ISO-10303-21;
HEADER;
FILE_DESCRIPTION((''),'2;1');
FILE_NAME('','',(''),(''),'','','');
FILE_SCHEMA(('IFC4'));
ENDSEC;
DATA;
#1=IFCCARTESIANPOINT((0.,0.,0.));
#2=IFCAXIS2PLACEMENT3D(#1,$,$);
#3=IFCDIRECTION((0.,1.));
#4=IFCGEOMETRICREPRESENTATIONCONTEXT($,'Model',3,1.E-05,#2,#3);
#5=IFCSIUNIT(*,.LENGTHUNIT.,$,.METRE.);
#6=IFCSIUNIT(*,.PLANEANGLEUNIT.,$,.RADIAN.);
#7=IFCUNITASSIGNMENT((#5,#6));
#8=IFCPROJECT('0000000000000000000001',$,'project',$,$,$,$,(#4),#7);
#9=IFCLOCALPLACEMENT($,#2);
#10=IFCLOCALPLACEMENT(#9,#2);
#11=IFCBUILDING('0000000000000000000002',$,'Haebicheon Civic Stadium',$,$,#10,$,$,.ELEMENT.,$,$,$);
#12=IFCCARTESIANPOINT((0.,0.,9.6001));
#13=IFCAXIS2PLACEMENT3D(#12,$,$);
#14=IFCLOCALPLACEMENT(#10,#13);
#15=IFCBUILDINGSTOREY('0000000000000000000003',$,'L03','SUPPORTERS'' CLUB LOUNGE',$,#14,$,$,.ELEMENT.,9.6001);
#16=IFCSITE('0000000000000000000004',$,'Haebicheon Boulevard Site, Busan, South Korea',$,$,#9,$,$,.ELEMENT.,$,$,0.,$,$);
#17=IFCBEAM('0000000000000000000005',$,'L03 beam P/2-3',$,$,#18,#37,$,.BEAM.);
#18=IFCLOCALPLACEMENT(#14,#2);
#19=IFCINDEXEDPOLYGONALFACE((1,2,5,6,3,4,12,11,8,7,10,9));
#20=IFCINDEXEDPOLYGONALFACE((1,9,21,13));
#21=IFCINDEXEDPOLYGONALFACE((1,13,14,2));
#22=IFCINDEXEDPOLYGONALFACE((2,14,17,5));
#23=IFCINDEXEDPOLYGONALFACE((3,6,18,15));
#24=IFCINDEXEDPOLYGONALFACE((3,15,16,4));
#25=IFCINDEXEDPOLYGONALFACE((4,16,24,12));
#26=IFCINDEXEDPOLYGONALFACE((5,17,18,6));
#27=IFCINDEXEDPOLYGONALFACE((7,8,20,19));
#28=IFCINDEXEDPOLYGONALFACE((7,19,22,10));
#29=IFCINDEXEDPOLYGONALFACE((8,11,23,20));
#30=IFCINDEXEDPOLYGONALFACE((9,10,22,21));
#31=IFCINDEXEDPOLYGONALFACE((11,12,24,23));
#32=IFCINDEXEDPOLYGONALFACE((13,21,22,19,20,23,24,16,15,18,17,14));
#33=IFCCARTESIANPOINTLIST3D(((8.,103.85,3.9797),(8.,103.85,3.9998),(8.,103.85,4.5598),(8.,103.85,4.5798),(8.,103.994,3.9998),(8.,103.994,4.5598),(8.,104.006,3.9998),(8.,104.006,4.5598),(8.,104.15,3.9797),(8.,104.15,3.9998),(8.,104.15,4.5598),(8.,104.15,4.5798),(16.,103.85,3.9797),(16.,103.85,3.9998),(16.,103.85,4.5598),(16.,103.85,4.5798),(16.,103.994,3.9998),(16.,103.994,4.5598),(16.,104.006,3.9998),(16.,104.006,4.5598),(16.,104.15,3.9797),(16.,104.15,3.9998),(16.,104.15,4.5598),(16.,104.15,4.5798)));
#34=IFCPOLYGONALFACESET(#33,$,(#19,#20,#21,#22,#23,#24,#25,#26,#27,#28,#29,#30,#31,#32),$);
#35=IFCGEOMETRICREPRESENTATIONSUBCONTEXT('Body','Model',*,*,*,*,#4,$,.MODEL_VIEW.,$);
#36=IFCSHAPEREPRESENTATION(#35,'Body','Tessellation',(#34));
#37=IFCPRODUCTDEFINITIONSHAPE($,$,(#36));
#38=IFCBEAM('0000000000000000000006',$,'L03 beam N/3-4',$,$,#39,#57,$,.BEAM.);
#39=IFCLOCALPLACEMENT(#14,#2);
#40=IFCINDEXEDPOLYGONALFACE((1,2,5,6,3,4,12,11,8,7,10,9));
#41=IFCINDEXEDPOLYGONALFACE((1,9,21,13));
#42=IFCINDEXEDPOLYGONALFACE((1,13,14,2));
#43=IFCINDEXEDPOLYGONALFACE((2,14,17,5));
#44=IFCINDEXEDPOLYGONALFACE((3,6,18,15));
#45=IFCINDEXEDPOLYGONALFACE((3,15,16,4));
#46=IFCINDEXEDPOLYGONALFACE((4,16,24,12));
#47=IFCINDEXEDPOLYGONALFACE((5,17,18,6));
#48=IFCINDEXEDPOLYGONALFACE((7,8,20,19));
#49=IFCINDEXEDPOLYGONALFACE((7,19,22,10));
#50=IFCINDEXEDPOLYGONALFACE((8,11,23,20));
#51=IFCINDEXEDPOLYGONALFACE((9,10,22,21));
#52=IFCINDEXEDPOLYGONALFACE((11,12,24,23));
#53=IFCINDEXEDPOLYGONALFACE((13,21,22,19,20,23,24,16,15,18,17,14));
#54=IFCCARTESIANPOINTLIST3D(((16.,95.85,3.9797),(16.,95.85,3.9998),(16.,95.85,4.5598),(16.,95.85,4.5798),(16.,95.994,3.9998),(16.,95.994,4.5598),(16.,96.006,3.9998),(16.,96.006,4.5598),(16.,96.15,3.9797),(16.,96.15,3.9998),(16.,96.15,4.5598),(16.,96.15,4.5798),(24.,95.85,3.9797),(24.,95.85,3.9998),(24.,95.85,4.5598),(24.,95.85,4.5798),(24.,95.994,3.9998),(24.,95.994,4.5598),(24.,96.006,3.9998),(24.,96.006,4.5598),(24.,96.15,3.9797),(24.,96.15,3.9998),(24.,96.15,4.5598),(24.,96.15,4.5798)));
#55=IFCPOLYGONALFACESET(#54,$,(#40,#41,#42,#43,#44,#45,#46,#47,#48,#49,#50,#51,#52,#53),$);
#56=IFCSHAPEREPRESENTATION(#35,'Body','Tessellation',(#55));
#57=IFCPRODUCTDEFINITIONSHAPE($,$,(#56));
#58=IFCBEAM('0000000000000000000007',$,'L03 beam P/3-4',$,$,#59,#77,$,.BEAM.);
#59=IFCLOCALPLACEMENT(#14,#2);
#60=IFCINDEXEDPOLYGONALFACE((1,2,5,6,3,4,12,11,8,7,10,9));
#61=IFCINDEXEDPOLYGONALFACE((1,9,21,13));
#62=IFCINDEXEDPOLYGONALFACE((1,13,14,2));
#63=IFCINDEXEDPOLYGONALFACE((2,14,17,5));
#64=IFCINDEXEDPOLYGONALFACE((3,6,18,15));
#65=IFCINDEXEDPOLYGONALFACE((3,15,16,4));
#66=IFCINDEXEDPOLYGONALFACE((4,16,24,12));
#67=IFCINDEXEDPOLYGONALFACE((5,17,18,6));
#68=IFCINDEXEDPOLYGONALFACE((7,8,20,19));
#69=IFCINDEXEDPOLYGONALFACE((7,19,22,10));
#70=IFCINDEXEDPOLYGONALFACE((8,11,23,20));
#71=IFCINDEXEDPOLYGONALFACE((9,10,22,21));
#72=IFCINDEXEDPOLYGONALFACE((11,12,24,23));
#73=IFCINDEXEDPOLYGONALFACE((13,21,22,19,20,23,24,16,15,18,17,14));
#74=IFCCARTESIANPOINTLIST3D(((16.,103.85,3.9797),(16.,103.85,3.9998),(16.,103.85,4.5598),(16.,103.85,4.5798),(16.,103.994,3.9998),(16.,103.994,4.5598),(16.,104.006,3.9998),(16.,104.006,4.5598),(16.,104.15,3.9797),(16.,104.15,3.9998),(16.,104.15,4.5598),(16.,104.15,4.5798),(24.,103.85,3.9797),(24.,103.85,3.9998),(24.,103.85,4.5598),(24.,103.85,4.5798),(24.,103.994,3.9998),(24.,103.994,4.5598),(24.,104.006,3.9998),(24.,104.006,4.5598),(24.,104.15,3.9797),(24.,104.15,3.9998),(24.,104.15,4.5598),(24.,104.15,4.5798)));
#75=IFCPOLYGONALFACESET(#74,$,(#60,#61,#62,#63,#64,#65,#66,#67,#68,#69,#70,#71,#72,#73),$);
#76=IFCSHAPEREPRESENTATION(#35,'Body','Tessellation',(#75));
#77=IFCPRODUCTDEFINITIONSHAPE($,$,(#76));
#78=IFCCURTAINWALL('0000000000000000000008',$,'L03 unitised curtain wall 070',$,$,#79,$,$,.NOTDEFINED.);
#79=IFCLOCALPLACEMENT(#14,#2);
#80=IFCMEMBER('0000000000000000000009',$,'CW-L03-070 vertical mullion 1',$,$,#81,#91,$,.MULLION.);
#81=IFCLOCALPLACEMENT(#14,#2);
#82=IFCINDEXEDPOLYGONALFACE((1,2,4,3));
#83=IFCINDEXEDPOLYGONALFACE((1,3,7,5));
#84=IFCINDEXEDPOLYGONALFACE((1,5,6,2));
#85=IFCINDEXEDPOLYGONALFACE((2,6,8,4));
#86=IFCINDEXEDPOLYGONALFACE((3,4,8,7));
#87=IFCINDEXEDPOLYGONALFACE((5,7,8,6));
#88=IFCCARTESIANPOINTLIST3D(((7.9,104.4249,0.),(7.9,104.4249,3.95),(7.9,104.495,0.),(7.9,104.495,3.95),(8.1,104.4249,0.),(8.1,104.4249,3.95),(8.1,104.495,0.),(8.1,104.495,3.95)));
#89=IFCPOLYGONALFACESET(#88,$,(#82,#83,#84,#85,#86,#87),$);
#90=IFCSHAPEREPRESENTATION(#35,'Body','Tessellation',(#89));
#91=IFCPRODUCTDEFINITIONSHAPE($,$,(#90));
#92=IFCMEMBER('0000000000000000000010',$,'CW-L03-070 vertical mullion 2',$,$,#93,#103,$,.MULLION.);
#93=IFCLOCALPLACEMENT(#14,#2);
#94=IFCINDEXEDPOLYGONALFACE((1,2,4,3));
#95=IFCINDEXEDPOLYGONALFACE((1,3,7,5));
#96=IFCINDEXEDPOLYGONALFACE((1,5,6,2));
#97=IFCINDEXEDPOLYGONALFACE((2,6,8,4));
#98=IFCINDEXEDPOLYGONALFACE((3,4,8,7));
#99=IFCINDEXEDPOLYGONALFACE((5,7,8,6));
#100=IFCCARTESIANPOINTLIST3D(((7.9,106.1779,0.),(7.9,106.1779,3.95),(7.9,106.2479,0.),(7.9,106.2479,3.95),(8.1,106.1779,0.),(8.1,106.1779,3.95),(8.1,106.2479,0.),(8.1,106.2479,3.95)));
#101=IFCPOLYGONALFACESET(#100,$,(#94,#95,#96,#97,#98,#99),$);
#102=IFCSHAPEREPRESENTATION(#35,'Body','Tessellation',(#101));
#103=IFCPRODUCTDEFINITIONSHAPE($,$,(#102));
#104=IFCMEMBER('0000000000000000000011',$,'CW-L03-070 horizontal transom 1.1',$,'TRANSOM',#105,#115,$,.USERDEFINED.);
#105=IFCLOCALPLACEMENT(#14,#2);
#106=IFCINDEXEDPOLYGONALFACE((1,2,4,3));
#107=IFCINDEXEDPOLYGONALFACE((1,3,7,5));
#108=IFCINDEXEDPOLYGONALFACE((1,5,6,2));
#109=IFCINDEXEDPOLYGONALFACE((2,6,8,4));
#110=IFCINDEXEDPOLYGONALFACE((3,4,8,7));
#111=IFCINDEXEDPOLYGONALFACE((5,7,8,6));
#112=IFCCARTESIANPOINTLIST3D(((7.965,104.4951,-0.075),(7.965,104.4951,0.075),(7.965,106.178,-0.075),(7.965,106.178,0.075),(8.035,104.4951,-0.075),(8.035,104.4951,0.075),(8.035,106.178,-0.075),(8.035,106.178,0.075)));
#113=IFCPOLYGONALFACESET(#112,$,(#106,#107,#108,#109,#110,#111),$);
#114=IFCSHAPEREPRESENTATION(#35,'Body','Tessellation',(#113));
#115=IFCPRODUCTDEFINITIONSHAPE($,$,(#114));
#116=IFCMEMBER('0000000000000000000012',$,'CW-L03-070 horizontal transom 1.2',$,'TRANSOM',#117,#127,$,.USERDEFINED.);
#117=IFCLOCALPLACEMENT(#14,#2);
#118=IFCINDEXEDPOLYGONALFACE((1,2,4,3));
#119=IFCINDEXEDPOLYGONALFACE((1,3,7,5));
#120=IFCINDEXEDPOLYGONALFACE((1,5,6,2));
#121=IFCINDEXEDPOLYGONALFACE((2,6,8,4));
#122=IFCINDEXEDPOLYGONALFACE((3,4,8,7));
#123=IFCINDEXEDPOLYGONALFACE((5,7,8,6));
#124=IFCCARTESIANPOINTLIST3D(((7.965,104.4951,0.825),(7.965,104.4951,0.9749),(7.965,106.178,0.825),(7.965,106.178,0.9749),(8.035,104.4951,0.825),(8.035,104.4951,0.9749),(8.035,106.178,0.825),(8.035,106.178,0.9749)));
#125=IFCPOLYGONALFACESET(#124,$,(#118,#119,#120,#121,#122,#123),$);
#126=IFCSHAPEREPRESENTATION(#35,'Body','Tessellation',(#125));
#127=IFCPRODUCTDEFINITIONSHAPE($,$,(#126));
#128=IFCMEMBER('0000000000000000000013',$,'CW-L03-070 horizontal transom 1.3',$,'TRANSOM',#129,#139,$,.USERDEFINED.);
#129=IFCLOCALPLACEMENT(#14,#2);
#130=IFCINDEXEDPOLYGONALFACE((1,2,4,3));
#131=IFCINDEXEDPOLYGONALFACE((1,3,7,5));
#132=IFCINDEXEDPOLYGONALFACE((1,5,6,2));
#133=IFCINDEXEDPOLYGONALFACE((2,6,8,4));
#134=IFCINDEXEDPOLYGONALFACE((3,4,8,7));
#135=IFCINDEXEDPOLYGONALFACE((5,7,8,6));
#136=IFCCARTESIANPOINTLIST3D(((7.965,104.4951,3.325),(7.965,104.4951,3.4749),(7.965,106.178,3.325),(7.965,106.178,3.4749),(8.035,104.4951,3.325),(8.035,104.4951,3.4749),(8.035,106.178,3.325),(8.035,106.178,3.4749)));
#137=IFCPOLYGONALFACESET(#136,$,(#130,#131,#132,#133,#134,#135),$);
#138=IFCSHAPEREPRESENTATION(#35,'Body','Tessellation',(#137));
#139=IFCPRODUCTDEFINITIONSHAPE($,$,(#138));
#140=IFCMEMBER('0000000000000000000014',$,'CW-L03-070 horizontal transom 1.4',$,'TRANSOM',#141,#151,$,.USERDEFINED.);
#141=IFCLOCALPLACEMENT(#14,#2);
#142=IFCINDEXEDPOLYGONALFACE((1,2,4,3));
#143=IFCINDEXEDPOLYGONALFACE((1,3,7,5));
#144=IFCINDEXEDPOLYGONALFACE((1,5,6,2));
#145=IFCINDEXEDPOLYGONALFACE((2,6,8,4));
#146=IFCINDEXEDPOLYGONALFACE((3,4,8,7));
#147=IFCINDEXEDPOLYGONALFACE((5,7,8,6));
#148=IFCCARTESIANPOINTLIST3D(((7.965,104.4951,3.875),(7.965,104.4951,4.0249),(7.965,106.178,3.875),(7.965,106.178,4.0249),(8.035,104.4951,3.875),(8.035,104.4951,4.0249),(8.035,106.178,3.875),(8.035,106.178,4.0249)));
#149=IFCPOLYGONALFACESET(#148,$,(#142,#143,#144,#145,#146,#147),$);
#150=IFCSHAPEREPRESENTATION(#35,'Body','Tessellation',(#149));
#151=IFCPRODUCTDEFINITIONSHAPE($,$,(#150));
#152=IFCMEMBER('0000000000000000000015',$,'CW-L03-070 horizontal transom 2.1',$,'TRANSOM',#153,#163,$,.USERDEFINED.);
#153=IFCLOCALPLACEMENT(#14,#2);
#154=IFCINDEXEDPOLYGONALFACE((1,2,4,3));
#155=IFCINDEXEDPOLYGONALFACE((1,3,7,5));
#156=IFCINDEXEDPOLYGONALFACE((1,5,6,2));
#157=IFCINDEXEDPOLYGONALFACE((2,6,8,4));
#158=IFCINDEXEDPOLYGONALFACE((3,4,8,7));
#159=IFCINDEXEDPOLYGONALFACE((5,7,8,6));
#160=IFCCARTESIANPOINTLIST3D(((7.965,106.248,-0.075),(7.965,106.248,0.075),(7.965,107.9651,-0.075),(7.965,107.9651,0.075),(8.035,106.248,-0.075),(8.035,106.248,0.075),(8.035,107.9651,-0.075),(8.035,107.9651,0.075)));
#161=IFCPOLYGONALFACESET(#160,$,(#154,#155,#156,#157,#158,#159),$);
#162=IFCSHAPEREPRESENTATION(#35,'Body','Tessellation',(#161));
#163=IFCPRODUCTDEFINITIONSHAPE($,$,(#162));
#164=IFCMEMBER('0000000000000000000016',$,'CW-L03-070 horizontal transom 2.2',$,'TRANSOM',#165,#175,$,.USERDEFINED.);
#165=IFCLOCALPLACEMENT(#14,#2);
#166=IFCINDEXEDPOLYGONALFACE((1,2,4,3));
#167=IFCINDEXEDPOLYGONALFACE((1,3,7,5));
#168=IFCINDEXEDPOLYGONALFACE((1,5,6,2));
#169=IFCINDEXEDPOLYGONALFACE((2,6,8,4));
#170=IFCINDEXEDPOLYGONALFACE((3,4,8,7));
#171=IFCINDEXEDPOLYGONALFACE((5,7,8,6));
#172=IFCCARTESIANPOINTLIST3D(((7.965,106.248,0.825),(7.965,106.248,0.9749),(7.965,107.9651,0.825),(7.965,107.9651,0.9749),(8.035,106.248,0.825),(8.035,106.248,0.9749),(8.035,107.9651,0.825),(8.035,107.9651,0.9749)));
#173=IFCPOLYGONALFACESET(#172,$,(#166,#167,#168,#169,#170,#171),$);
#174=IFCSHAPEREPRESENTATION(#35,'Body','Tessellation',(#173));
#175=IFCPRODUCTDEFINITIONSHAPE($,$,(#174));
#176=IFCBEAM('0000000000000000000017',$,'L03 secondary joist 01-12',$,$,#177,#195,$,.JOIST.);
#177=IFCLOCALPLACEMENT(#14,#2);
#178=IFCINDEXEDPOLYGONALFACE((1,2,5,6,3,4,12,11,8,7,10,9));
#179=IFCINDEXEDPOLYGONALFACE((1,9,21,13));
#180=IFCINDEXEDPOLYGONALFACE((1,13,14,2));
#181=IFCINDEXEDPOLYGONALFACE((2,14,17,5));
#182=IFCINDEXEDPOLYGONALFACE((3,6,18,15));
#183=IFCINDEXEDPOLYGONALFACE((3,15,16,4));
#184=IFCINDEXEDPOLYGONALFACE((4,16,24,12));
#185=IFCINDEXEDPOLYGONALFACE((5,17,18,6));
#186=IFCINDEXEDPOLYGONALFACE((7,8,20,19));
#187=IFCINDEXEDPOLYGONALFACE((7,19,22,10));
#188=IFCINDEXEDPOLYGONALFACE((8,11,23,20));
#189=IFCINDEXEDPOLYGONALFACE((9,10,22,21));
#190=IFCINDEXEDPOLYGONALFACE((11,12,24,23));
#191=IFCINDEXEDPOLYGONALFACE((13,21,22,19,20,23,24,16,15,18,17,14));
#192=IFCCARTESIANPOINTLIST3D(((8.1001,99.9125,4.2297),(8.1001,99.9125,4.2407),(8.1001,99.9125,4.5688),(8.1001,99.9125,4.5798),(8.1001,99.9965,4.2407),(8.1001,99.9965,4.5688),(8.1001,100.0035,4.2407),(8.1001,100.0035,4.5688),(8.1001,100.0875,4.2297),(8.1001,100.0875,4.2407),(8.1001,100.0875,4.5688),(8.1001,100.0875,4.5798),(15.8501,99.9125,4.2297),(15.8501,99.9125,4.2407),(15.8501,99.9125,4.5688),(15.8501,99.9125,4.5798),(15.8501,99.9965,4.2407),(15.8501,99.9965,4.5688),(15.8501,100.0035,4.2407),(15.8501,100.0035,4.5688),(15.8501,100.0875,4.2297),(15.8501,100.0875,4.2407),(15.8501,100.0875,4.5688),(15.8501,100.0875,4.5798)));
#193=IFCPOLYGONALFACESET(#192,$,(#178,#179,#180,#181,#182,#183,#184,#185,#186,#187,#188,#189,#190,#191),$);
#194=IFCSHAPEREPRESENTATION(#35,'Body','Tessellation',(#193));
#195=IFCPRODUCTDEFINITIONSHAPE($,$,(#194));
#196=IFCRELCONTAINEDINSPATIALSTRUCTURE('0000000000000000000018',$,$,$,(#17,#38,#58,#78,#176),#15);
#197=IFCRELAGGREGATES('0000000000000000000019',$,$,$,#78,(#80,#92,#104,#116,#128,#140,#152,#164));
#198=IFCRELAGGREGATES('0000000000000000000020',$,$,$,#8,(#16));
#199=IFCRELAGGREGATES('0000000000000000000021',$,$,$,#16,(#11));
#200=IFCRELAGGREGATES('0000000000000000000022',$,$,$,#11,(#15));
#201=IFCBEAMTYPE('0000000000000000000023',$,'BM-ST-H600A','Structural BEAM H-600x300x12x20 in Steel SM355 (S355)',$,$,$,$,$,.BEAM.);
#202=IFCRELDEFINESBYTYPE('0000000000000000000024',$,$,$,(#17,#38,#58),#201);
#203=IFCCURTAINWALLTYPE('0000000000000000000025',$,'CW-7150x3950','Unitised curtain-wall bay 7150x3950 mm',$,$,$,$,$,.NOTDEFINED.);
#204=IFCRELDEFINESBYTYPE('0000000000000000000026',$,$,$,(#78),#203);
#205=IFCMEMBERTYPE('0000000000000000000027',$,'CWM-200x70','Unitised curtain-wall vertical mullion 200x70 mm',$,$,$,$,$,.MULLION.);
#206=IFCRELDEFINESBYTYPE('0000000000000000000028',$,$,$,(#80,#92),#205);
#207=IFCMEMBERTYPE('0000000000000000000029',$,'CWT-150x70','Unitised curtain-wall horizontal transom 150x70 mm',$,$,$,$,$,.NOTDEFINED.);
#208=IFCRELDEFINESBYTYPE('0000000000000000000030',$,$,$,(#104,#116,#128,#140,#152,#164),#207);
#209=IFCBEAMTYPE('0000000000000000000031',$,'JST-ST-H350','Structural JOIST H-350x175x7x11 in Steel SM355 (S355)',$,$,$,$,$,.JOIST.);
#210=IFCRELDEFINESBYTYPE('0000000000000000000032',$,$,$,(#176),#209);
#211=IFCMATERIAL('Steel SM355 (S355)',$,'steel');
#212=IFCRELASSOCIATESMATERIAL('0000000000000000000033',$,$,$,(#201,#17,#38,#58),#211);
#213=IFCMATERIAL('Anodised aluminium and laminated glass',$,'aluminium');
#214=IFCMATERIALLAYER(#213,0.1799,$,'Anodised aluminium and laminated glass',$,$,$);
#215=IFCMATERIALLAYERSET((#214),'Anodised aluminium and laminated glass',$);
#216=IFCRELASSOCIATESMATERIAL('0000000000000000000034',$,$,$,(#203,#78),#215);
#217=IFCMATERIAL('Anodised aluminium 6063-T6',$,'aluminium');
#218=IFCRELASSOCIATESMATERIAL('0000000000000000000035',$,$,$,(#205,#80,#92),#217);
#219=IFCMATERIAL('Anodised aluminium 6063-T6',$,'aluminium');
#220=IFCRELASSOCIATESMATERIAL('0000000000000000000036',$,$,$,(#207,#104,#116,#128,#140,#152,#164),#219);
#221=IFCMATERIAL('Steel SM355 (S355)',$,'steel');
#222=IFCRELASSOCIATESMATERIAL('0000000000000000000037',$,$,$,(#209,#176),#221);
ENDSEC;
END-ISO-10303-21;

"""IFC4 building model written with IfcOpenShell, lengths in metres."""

from ifc_helpers import new_model, si_unit, direction, frame, origin, origin_2d, place, context, subcontext, project, spatial, rectangle, i_section, extrude, material, layer, layer_set, material_profile, profile_set, type_object, element, aggregate, save


model = new_model("IFC4")

# Units and contexts
model_context = context("Model", 3, precision=1e-05, world=origin(), true_north=direction((0.0, 1.0)))
body_context = subcontext(model_context, "Body", "Model", "MODEL_VIEW")
ifc_project = project(units=[si_unit("LENGTHUNIT", "METRE"), si_unit("PLANEANGLEUNIT", "RADIAN")], contexts=[model_context])

# Site, building, storey
site_placement = place(None, origin())
site = spatial("IfcSite", under=ifc_project, at=site_placement, Name="Haebicheon Boulevard Site, Busan, South Korea", CompositionType="ELEMENT", RefElevation=0.0)
building_placement = place(site_placement, origin())
building = spatial("IfcBuilding", under=site, at=building_placement, Name="Haebicheon Civic Stadium", CompositionType="ELEMENT")
storey_placement = place(building_placement, frame((0.0, 0.0, 9.6001)))
storey = spatial("IfcBuildingStorey", under=building, at=storey_placement, Name="L03", Description="SUPPORTERS' CLUB LOUNGE", CompositionType="ELEMENT", Elevation=9.6001)

# Beams
ifc_material_1 = material(Name="Steel SM355 (S355)", Category="steel")
ifc_material_profile_1 = material_profile(ifc_material_1, i_section(OverallWidth=0.3, OverallDepth=0.6001, WebThickness=0.012, FlangeThickness=0.02, at=origin_2d()), Name="H-600x300x12x20")
ifc_profile_set_1 = profile_set([ifc_material_profile_1], Name="Steel SM355 (S355)")
beam_type_1 = type_object("IfcBeamType", Name="BM-ST-H600A", Description="Structural BEAM H-600x300x12x20 in Steel SM355 (S355)", PredefinedType="BEAM", material=ifc_profile_set_1)
for number, where, z_axis, x_axis, name in (
    (1, (8.0, 104.0, 4.2798), (1.0, 0.0, 0.0), (0.0, 1.0, 0.0), "L03 beam P/2-3"),
    (2, (16.0, 96.0, 4.2798), (1.0, 0.0, 0.0), (0.0, 1.0, 0.0), "L03 beam N/3-4"),
    (3, (16.0, 104.0, 4.2798), (1.0, 0.0, 0.0), (0.0, 1.0, 0.0), "L03 beam P/3-4"),
):
    element("IfcBeam", number, at=place(storey_placement, frame(where, z_axis=z_axis, x_axis=x_axis)), inside=storey, type_object=beam_type_1, material=ifc_profile_set_1, Name=name, PredefinedType="BEAM", context=body_context, shape_type="SweptSolid", body=[
        extrude(i_section(OverallWidth=0.3, OverallDepth=0.6001, WebThickness=0.012, FlangeThickness=0.02, at=origin_2d()), origin(), (0.0, 0.0, 1.0), 8.0),
    ])

# Curtain wall, members
ifc_material_2 = material(Name="Anodised aluminium and laminated glass", Category="aluminium")
ifc_layer_1 = layer(ifc_material_2, 0.1799, Name="Anodised aluminium and laminated glass")
ifc_layer_set_1 = layer_set([ifc_layer_1], Name="Anodised aluminium and laminated glass")
curtain_wall_type = type_object("IfcCurtainWallType", Name="CW-7150x3950", Description="Unitised curtain-wall bay 7150x3950 mm", PredefinedType="NOTDEFINED", material=ifc_layer_set_1)
curtain_wall_placement = place(storey_placement, origin())
curtain_wall = element("IfcCurtainWall", 4, at=curtain_wall_placement, inside=storey, type_object=curtain_wall_type, material=ifc_layer_set_1, Name="L03 unitised curtain wall 070", PredefinedType="NOTDEFINED")
ifc_material_3 = material(Name="Anodised aluminium 6063-T6", Category="aluminium")
ifc_material_profile_2 = material_profile(ifc_material_3, rectangle(XDim=0.0701, YDim=0.2, at=origin_2d()), Name="ALU-MULL-70x200")
ifc_profile_set_2 = profile_set([ifc_material_profile_2], Name="Anodised aluminium 6063-T6")
member_type_1 = type_object("IfcMemberType", Name="CWM-200x70", Description="Unitised curtain-wall vertical mullion 200x70 mm", PredefinedType="MULLION", material=ifc_profile_set_2)
member_1_placement = place(storey_placement, frame((8.0, 104.46, 0.0), z_axis=(0.0, 0.0, 1.0), x_axis=(0.0, 1.0, 0.0)))
member_1 = element("IfcMember", 5, at=member_1_placement, type_object=member_type_1, material=ifc_profile_set_2, Name="CW-L03-070 vertical mullion 1", PredefinedType="MULLION", context=body_context, shape_type="SweptSolid", body=[
    extrude(rectangle(XDim=0.0701, YDim=0.2, at=origin_2d()), origin(), (0.0, 0.0, 1.0), 3.95),
])
member_2_placement = place(storey_placement, frame((8.0, 106.2129, 0.0), z_axis=(0.0, 0.0, 1.0), x_axis=(0.0, 1.0, 0.0)))
member_2 = element("IfcMember", 6, at=member_2_placement, type_object=member_type_1, material=ifc_profile_set_2, Name="CW-L03-070 vertical mullion 2", PredefinedType="MULLION", context=body_context, shape_type="SweptSolid", body=[
    extrude(rectangle(XDim=0.0701, YDim=0.2, at=origin_2d()), origin(), (0.0, 0.0, 1.0), 3.95),
])
ifc_material_4 = material(Name="Anodised aluminium 6063-T6", Category="aluminium")
ifc_material_profile_3 = material_profile(ifc_material_4, rectangle(XDim=0.0701, YDim=0.1499, at=origin_2d()), Name="ALU-TRAN-70x150")
ifc_profile_set_3 = profile_set([ifc_material_profile_3], Name="Anodised aluminium 6063-T6")
member_type_2 = type_object("IfcMemberType", Name="CWT-150x70", Description="Unitised curtain-wall horizontal transom 150x70 mm", PredefinedType="NOTDEFINED", material=ifc_profile_set_3)
member_3_placement = place(storey_placement, frame((8.0, 104.4951, 0.0), z_axis=(0.0, 1.0, 0.0), x_axis=(-1.0, 0.0, 0.0)))
member_3 = element("IfcMember", 7, at=member_3_placement, type_object=member_type_2, material=ifc_profile_set_3, Name="CW-L03-070 horizontal transom 1.1", ObjectType="TRANSOM", PredefinedType="USERDEFINED", context=body_context, shape_type="SweptSolid", body=[
    extrude(rectangle(XDim=0.0701, YDim=0.1499, at=origin_2d()), origin(), (0.0, 0.0, 1.0), 1.6829),
])
member_4_placement = place(storey_placement, frame((8.0, 104.4951, 0.8999), z_axis=(0.0, 1.0, 0.0), x_axis=(-1.0, 0.0, 0.0)))
member_4 = element("IfcMember", 8, at=member_4_placement, type_object=member_type_2, material=ifc_profile_set_3, Name="CW-L03-070 horizontal transom 1.2", ObjectType="TRANSOM", PredefinedType="USERDEFINED", context=body_context, shape_type="SweptSolid", body=[
    extrude(rectangle(XDim=0.0701, YDim=0.1499, at=origin_2d()), origin(), (0.0, 0.0, 1.0), 1.6829),
])
member_5_placement = place(storey_placement, frame((8.0, 104.4951, 3.3999), z_axis=(0.0, 1.0, 0.0), x_axis=(-1.0, 0.0, 0.0)))
member_5 = element("IfcMember", 9, at=member_5_placement, type_object=member_type_2, material=ifc_profile_set_3, Name="CW-L03-070 horizontal transom 1.3", ObjectType="TRANSOM", PredefinedType="USERDEFINED", context=body_context, shape_type="SweptSolid", body=[
    extrude(rectangle(XDim=0.0701, YDim=0.1499, at=origin_2d()), origin(), (0.0, 0.0, 1.0), 1.6829),
])
member_6_placement = place(storey_placement, frame((8.0, 104.4951, 3.95), z_axis=(0.0, 1.0, 0.0), x_axis=(-1.0, 0.0, 0.0)))
member_6 = element("IfcMember", 10, at=member_6_placement, type_object=member_type_2, material=ifc_profile_set_3, Name="CW-L03-070 horizontal transom 1.4", ObjectType="TRANSOM", PredefinedType="USERDEFINED", context=body_context, shape_type="SweptSolid", body=[
    extrude(rectangle(XDim=0.0701, YDim=0.1499, at=origin_2d()), origin(), (0.0, 0.0, 1.0), 1.6829),
])
member_7_placement = place(storey_placement, frame((8.0, 106.248, 0.0), z_axis=(0.0, 1.0, 0.0), x_axis=(-1.0, 0.0, 0.0)))
member_7 = element("IfcMember", 11, at=member_7_placement, type_object=member_type_2, material=ifc_profile_set_3, Name="CW-L03-070 horizontal transom 2.1", ObjectType="TRANSOM", PredefinedType="USERDEFINED", context=body_context, shape_type="SweptSolid", body=[
    extrude(rectangle(XDim=0.0701, YDim=0.1499, at=origin_2d()), origin(), (0.0, 0.0, 1.0), 1.717),
])
member_8_placement = place(storey_placement, frame((8.0, 106.248, 0.8999), z_axis=(0.0, 1.0, 0.0), x_axis=(-1.0, 0.0, 0.0)))
member_8 = element("IfcMember", 12, at=member_8_placement, type_object=member_type_2, material=ifc_profile_set_3, Name="CW-L03-070 horizontal transom 2.2", ObjectType="TRANSOM", PredefinedType="USERDEFINED", context=body_context, shape_type="SweptSolid", body=[
    extrude(rectangle(XDim=0.0701, YDim=0.1499, at=origin_2d()), origin(), (0.0, 0.0, 1.0), 1.717),
])

# Beam
ifc_material_5 = material(Name="Steel SM355 (S355)", Category="steel")
ifc_material_profile_4 = material_profile(ifc_material_5, i_section(OverallWidth=0.175, OverallDepth=0.3501, WebThickness=0.0071, FlangeThickness=0.011, at=origin_2d()), Name="H-350x175x7x11")
ifc_profile_set_4 = profile_set([ifc_material_profile_4], Name="Steel SM355 (S355)")
beam_type_2 = type_object("IfcBeamType", Name="JST-ST-H350", Description="Structural JOIST H-350x175x7x11 in Steel SM355 (S355)", PredefinedType="JOIST", material=ifc_profile_set_4)
beam_placement = place(storey_placement, frame((8.1001, 100.0, 4.4048), z_axis=(1.0, 0.0, 0.0), x_axis=(0.0, 1.0, 0.0)))
element("IfcBeam", 13, at=beam_placement, inside=storey, type_object=beam_type_2, material=ifc_profile_set_4, Name="L03 secondary joist 01-12", PredefinedType="JOIST", context=body_context, shape_type="SweptSolid", body=[
    extrude(i_section(OverallWidth=0.175, OverallDepth=0.3501, WebThickness=0.0071, FlangeThickness=0.011, at=origin_2d()), origin(), (0.0, 0.0, 1.0), 7.75),
])

aggregate(curtain_wall, [member_1, member_2, member_3, member_4, member_5, member_6, member_7, member_8])

save(model, "model.ifc")
